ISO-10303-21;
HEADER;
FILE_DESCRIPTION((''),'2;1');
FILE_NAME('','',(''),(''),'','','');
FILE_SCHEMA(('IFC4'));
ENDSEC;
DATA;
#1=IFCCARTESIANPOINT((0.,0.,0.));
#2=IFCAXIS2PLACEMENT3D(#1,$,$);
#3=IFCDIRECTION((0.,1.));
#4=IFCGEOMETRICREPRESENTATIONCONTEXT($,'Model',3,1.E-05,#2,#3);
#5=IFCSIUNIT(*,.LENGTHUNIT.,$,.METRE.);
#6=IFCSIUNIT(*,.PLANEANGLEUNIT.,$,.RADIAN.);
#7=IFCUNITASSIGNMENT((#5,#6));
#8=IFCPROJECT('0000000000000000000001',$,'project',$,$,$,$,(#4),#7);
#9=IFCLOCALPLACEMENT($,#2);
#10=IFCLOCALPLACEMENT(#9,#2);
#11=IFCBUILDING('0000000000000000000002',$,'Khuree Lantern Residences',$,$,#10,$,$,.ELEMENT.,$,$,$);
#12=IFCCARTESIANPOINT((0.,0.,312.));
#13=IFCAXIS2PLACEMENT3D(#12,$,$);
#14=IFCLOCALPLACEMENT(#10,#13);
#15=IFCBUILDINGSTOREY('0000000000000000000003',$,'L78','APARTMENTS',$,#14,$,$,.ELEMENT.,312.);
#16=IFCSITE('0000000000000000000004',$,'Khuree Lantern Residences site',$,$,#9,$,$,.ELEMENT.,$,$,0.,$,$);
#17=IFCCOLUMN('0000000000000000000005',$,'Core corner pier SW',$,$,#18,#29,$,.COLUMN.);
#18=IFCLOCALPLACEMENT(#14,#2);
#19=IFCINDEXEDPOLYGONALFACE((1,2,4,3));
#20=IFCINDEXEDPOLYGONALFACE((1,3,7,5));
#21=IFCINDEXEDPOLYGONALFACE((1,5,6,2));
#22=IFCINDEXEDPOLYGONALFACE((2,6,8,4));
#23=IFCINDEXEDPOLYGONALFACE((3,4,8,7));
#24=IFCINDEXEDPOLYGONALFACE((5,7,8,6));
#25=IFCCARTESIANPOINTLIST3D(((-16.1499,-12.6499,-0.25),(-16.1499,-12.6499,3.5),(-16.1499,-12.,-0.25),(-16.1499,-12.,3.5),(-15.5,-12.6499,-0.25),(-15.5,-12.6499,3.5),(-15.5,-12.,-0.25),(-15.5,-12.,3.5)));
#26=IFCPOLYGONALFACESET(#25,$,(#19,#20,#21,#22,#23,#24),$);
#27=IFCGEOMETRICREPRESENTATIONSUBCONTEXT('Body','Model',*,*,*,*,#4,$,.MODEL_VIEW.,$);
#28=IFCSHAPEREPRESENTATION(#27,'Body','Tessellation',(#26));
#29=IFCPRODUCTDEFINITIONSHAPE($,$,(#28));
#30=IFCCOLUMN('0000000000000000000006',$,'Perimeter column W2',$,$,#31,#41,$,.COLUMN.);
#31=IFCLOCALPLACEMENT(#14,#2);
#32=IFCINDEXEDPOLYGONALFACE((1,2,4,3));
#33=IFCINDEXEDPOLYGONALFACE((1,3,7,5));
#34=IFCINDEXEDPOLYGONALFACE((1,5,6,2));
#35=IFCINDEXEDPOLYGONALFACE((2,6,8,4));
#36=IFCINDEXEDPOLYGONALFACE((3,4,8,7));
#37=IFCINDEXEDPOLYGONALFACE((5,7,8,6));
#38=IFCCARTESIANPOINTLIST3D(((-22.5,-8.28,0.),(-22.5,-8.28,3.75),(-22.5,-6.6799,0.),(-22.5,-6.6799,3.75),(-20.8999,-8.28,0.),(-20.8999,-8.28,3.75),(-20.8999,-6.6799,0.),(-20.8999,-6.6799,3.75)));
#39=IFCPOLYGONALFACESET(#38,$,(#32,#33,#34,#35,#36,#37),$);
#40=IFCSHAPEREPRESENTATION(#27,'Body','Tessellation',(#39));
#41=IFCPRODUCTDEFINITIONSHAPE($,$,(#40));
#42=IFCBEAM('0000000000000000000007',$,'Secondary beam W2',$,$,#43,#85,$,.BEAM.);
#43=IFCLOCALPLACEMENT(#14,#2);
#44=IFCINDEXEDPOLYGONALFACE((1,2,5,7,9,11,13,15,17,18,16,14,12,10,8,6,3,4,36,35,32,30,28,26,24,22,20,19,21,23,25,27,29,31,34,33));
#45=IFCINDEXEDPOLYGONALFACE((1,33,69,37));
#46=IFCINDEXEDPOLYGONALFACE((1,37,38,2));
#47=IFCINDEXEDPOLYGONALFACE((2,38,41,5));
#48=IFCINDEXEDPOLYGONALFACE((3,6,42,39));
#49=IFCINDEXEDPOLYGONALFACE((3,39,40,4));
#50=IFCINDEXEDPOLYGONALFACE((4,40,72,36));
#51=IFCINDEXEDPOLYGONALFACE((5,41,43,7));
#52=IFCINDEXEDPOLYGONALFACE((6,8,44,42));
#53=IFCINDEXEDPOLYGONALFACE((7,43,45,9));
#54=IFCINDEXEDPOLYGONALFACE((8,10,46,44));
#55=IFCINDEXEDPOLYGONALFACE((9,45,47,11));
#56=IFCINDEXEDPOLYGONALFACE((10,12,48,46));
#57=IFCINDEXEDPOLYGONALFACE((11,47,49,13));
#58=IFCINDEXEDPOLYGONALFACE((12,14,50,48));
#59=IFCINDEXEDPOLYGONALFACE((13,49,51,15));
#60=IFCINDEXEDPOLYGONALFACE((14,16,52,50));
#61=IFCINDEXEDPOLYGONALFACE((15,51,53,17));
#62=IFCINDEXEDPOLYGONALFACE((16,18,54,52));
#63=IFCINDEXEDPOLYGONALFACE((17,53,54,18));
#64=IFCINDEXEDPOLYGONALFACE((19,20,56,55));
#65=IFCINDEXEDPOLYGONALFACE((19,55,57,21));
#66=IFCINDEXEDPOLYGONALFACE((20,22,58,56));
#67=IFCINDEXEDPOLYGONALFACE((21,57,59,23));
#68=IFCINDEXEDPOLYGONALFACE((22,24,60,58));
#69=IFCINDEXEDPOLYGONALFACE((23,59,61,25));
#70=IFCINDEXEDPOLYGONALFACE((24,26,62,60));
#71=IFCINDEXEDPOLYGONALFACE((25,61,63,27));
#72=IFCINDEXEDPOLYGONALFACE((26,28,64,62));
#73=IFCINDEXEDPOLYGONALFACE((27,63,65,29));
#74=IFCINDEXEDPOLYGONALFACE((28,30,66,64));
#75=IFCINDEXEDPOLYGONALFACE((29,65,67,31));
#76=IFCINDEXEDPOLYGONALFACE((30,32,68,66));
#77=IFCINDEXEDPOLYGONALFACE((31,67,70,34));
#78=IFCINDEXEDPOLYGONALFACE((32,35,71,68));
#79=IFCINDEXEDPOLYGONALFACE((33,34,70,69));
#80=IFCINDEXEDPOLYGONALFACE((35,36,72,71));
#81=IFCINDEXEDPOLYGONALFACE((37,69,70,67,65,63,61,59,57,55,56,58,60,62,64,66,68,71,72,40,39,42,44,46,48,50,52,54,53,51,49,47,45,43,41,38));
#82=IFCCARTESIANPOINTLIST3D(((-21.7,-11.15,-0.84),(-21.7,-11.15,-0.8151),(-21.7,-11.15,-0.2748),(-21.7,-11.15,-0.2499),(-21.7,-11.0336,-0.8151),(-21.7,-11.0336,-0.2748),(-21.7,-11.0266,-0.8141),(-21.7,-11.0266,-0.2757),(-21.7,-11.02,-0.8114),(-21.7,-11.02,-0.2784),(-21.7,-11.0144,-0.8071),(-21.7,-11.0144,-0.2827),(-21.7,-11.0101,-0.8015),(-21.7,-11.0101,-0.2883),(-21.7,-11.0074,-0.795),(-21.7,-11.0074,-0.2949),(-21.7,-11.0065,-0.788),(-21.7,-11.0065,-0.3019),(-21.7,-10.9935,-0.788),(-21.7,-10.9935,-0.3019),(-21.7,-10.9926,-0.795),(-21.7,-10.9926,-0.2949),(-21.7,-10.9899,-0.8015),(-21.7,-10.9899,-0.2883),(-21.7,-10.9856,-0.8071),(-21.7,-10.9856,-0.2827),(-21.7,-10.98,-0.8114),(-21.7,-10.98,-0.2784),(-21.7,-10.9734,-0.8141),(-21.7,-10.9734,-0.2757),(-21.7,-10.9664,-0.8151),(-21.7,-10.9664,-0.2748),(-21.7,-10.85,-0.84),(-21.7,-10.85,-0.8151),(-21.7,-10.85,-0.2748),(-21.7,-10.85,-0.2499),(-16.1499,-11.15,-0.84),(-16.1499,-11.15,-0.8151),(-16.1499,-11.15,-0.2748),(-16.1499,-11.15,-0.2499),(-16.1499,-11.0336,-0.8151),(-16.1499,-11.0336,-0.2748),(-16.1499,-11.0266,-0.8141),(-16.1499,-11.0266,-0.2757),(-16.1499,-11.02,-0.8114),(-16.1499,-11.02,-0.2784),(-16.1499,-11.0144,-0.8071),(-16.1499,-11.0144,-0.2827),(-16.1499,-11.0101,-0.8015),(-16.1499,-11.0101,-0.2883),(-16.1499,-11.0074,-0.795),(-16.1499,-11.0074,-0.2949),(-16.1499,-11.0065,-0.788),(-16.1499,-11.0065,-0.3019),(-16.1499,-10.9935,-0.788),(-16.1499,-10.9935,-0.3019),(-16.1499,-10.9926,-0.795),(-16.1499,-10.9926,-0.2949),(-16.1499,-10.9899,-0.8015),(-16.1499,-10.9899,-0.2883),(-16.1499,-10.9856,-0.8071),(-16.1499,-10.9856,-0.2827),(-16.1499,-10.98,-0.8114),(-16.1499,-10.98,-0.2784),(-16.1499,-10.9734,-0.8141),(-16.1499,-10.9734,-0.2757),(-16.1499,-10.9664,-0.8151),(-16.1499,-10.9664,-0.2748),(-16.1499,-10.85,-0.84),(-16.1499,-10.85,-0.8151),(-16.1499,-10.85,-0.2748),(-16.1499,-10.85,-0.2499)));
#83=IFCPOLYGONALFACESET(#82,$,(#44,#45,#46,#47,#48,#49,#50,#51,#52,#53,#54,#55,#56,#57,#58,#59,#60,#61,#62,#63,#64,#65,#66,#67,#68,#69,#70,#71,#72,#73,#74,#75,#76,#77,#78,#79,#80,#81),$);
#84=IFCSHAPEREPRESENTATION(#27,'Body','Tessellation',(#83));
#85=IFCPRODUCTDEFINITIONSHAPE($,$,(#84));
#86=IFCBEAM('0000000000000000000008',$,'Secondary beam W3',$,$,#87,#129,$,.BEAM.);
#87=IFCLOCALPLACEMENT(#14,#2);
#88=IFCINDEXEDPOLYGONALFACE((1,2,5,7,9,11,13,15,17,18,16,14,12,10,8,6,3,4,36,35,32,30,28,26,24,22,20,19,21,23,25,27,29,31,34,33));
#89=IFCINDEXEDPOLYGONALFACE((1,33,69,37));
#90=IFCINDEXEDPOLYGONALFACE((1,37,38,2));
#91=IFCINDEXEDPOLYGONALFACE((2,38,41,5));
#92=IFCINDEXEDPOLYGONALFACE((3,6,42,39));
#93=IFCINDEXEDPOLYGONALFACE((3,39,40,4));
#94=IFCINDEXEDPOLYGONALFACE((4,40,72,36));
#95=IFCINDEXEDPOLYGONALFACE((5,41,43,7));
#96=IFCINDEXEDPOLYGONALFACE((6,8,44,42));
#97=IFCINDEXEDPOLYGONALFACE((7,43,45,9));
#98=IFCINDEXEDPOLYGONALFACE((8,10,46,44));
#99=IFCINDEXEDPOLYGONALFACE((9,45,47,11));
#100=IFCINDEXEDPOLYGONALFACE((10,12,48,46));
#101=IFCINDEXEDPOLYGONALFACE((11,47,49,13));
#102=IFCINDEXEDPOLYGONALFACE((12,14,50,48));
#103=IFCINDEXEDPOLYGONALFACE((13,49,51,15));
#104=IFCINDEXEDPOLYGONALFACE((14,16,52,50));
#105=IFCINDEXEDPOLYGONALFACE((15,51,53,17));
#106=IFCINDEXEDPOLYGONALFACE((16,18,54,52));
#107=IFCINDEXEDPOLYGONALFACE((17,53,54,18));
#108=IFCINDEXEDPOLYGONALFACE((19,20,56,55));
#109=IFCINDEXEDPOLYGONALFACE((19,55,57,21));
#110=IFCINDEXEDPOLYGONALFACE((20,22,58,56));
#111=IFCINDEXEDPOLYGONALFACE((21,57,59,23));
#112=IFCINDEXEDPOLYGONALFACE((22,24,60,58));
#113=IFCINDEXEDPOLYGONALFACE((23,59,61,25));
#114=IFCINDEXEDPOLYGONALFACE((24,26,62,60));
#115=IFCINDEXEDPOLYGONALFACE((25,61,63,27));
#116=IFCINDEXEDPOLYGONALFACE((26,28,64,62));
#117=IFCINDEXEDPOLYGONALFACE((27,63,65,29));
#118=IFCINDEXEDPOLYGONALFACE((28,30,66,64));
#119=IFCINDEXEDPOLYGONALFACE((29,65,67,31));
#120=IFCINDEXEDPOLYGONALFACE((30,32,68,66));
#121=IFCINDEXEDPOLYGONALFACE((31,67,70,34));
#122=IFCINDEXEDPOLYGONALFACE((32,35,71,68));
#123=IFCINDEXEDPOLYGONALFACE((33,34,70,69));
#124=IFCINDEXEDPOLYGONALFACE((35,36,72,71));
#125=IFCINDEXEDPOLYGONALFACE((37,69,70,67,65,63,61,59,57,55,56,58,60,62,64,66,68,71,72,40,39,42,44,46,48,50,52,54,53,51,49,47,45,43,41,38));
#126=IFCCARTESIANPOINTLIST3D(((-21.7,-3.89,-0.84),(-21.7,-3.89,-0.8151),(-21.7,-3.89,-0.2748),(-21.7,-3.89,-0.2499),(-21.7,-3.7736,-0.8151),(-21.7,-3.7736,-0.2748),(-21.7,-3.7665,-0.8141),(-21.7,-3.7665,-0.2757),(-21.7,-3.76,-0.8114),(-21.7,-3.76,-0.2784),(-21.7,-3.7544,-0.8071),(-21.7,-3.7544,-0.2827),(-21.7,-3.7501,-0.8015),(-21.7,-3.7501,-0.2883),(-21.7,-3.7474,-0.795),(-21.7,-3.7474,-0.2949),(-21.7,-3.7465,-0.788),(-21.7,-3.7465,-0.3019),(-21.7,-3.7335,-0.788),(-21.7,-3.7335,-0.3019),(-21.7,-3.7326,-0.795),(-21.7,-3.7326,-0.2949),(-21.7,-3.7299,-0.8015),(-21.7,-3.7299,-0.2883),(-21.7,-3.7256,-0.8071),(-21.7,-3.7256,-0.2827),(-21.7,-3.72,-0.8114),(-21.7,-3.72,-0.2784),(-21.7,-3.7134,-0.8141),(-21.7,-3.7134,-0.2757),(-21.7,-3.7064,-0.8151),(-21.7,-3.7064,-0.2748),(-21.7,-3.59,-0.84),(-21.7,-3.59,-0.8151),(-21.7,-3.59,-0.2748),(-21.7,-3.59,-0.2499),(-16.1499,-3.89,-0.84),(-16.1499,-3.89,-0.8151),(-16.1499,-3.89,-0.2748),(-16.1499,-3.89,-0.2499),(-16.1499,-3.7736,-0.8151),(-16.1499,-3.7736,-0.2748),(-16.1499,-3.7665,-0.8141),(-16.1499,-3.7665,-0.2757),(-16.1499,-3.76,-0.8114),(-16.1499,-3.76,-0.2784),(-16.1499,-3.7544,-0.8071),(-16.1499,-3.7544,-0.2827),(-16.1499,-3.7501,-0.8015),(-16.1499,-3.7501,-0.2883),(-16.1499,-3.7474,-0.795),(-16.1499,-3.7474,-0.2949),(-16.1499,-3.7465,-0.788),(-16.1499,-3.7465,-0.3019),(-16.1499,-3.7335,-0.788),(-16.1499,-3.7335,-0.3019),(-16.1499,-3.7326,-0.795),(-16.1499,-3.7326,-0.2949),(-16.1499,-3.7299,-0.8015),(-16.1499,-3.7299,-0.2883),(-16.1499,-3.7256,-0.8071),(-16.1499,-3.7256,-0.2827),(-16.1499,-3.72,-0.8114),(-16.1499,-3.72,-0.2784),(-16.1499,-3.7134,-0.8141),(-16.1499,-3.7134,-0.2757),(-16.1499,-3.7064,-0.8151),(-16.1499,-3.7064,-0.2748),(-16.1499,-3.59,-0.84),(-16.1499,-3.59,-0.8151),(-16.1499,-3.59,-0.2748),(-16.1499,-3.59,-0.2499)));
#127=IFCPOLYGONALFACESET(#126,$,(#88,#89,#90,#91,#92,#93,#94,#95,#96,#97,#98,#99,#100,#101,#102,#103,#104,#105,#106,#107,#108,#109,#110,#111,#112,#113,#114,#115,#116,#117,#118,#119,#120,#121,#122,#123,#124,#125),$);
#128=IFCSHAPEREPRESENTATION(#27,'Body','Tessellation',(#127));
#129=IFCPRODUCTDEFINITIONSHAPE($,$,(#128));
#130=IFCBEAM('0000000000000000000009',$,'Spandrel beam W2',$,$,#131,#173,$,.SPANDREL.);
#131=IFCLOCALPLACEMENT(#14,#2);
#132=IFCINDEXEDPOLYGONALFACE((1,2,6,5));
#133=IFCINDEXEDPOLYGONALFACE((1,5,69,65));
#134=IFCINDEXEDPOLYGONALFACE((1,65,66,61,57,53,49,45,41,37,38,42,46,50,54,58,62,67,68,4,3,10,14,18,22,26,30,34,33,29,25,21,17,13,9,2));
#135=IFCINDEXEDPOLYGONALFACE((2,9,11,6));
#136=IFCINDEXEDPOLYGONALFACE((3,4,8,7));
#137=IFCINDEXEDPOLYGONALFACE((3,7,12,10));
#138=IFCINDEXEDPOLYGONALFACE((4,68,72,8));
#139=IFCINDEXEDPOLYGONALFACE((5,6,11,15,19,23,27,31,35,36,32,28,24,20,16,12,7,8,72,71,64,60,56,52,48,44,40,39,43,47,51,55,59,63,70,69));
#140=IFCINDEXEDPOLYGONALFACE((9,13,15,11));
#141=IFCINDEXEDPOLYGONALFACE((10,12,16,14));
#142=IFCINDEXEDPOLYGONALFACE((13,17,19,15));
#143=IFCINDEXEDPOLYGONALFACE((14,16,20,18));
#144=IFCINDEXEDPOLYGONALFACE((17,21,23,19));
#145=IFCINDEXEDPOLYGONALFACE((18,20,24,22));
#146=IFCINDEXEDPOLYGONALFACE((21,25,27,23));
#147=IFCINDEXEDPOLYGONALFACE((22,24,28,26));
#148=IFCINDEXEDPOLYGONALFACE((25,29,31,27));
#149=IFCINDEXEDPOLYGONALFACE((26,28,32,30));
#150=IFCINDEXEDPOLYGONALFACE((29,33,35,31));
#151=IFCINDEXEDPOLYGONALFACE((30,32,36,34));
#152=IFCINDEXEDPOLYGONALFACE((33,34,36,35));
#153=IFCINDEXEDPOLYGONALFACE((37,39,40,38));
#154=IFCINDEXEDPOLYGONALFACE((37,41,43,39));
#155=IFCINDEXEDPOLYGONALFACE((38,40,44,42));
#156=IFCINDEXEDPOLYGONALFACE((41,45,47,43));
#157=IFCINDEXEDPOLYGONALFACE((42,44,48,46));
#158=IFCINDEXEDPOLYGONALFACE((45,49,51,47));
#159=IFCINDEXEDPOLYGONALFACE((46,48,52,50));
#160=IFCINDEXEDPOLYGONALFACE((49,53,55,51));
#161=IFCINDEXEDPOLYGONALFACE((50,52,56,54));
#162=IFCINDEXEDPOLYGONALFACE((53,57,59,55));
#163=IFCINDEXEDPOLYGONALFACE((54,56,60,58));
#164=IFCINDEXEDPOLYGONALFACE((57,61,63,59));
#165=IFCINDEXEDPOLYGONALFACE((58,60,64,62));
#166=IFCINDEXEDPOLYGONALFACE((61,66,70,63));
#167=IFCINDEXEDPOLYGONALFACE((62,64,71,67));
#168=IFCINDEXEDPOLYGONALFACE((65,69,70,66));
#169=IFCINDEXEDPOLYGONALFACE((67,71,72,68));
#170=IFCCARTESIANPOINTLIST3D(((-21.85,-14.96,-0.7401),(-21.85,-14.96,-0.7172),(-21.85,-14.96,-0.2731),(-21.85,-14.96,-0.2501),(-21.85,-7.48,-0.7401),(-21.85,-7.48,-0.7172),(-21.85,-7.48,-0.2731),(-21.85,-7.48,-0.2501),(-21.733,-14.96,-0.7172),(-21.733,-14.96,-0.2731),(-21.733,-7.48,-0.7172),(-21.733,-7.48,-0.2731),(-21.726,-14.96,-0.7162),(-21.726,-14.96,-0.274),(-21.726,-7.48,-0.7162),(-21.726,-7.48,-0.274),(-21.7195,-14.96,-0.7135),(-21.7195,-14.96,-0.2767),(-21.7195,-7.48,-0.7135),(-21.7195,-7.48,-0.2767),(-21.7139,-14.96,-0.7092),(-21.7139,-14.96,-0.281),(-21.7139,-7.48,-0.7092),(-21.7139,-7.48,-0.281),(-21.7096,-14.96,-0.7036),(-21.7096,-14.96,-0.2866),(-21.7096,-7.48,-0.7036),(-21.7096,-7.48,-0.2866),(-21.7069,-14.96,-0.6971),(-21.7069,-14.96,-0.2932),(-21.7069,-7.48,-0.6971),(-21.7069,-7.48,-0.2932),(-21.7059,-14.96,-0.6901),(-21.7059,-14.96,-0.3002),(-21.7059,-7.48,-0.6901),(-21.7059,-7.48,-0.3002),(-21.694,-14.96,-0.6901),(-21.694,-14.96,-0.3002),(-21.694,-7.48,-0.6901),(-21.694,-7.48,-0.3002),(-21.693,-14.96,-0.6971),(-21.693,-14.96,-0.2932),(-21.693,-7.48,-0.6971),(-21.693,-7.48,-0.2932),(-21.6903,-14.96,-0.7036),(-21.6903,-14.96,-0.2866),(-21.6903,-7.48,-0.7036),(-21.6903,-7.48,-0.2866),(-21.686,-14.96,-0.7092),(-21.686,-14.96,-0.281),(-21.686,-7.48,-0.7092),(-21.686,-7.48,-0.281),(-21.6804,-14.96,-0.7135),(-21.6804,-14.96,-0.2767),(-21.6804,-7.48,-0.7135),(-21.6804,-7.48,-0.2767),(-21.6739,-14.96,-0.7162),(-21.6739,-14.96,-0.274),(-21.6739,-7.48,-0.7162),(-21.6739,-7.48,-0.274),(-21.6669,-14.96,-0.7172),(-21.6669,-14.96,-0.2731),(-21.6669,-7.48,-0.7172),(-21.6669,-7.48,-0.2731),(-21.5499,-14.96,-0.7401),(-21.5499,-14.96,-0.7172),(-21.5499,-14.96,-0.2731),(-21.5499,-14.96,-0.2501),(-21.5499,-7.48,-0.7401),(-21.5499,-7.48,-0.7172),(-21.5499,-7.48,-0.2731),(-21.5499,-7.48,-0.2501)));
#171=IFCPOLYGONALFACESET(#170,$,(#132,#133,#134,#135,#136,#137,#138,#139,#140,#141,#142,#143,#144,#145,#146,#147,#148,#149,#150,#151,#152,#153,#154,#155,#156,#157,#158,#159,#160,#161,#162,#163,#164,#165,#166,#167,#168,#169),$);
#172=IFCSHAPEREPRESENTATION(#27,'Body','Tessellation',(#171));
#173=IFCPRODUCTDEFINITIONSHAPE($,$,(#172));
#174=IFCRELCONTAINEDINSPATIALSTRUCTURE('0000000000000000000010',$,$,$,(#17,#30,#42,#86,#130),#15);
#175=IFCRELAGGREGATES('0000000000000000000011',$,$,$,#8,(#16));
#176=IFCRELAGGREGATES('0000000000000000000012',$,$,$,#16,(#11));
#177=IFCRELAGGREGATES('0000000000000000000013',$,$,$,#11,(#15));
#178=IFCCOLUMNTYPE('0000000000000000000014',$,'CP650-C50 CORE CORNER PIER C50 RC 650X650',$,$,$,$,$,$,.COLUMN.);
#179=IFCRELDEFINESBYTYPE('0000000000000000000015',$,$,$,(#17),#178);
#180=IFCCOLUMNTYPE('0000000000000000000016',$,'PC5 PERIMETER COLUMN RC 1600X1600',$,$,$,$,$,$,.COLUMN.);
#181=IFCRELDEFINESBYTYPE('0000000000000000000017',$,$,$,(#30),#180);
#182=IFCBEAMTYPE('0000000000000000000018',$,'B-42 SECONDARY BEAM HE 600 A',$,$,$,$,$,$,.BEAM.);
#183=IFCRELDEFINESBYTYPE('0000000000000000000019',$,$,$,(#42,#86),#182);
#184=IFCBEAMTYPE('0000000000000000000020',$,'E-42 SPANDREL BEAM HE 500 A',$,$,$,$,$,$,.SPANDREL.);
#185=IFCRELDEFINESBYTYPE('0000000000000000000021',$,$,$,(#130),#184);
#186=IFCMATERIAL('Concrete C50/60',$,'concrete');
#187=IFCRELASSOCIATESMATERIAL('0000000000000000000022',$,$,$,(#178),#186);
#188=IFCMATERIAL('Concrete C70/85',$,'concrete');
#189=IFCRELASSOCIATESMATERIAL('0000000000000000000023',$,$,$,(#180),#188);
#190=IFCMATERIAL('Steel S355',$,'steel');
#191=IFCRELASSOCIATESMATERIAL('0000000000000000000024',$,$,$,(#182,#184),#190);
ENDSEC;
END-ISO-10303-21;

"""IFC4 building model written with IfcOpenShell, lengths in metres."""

from ifc_helpers import new_model, si_unit, direction, frame, origin, origin_2d, place, context, subcontext, project, spatial, rectangle, i_section, extrude, material, material_profile, profile_set, type_object, element, save


model = new_model("IFC4")

# Units and contexts
model_context = context("Model", 3, precision=1e-05, world=origin(), true_north=direction((0.0, 1.0)))
body_context = subcontext(model_context, "Body", "Model", "MODEL_VIEW")
ifc_project = project(units=[si_unit("LENGTHUNIT", "METRE"), si_unit("PLANEANGLEUNIT", "RADIAN")], contexts=[model_context])

# Site, building, storey
site_placement = place(None, origin())
site = spatial("IfcSite", under=ifc_project, at=site_placement, Name="Khuree Lantern Residences site", CompositionType="ELEMENT", RefElevation=0.0)
building_placement = place(site_placement, origin())
building = spatial("IfcBuilding", under=site, at=building_placement, Name="Khuree Lantern Residences", CompositionType="ELEMENT")
storey_placement = place(building_placement, frame((0.0, 0.0, 312.0)))
storey = spatial("IfcBuildingStorey", under=building, at=storey_placement, Name="L78", Description="APARTMENTS", CompositionType="ELEMENT", Elevation=312.0)

# Columns
ifc_material_1 = material(Name="Concrete C50/60", Category="concrete")
ifc_material_profile_1 = material_profile(ifc_material_1, rectangle(XDim=0.6499, YDim=0.6499, at=origin_2d()), Name="RC 650X650")
ifc_profile_set_1 = profile_set([ifc_material_profile_1], Name="Concrete C50/60")
column_type_1 = type_object("IfcColumnType", Name="CP650-C50 CORE CORNER PIER C50 RC 650X650", PredefinedType="COLUMN", material=ifc_profile_set_1)
column_1_placement = place(storey_placement, frame((-15.825, -12.325, -0.25), z_axis=(0.0, 0.0, 1.0), x_axis=(1.0, 0.0, 0.0)))
element("IfcColumn", 1, at=column_1_placement, inside=storey, type_object=column_type_1, Name="Core corner pier SW", PredefinedType="COLUMN", context=body_context, shape_type="SweptSolid", body=[
    extrude(rectangle(XDim=0.6499, YDim=0.6499, at=origin_2d()), origin(), (0.0, 0.0, 1.0), 3.75),
])
ifc_material_2 = material(Name="Concrete C70/85", Category="concrete")
ifc_material_profile_2 = material_profile(ifc_material_2, rectangle(XDim=1.6001, YDim=1.6001, at=origin_2d()), Name="RC 1600X1600")
ifc_profile_set_2 = profile_set([ifc_material_profile_2], Name="Concrete C70/85")
column_type_2 = type_object("IfcColumnType", Name="PC5 PERIMETER COLUMN RC 1600X1600", PredefinedType="COLUMN", material=ifc_profile_set_2)
column_2_placement = place(storey_placement, frame((-21.7, -7.48, 0.0), z_axis=(0.0, 0.0, 1.0), x_axis=(0.0, 1.0, 0.0)))
element("IfcColumn", 2, at=column_2_placement, inside=storey, type_object=column_type_2, Name="Perimeter column W2", PredefinedType="COLUMN", context=body_context, shape_type="SweptSolid", body=[
    extrude(rectangle(XDim=1.6001, YDim=1.6001, at=origin_2d()), origin(), (0.0, 0.0, 1.0), 3.75),
])

# Beams
ifc_material_3 = material(Name="Steel S355", Category="steel")
ifc_material_profile_3 = material_profile(ifc_material_3, i_section(OverallWidth=0.3, OverallDepth=0.5901, WebThickness=0.0129, FlangeThickness=0.0249, FilletRadius=0.0271, at=origin_2d()), Name="HE 600 A")
ifc_profile_set_3 = profile_set([ifc_material_profile_3], Name="Steel S355")
beam_type_1 = type_object("IfcBeamType", Name="B-42 SECONDARY BEAM HE 600 A", PredefinedType="BEAM", material=ifc_profile_set_3)
for number, where, z_axis, x_axis, name in (
    (3, (-21.7, -11.0, -0.5449), (1.0, 0.0, 0.0), (0.0, 1.0, 0.0), "Secondary beam W2"),
    (4, (-21.7, -3.74, -0.5449), (1.0, 0.0, 0.0), (0.0, 1.0, 0.0), "Secondary beam W3"),
):
    element("IfcBeam", number, at=place(storey_placement, frame(where, z_axis=z_axis, x_axis=x_axis)), inside=storey, type_object=beam_type_1, Name=name, PredefinedType="BEAM", context=body_context, shape_type="SweptSolid", body=[
        extrude(i_section(OverallWidth=0.3, OverallDepth=0.5901, WebThickness=0.0129, FlangeThickness=0.0249, FilletRadius=0.0271, at=origin_2d()), origin(), (0.0, 0.0, 1.0), 5.55),
    ])
ifc_material_profile_4 = material_profile(ifc_material_3, i_section(OverallWidth=0.3, OverallDepth=0.49, WebThickness=0.012, FlangeThickness=0.0229, FilletRadius=0.0271, at=origin_2d()), Name="HE 500 A")
ifc_profile_set_4 = profile_set([ifc_material_profile_4], Name="Steel S355")
beam_type_2 = type_object("IfcBeamType", Name="E-42 SPANDREL BEAM HE 500 A", PredefinedType="SPANDREL", material=ifc_profile_set_4)
for number, where, z_axis, x_axis, name in (
    (5, (-21.7, -14.96, -0.4951), (0.0, 1.0, 0.0), (-1.0, 0.0, 0.0), "Spandrel beam W2"),
):
    element("IfcBeam", number, at=place(storey_placement, frame(where, z_axis=z_axis, x_axis=x_axis)), inside=storey, type_object=beam_type_2, Name=name, PredefinedType="SPANDREL", context=body_context, shape_type="SweptSolid", body=[
        extrude(i_section(OverallWidth=0.3, OverallDepth=0.49, WebThickness=0.012, FlangeThickness=0.0229, FilletRadius=0.0271, at=origin_2d()), origin(), (0.0, 0.0, 1.0), 7.48),
    ])

save(model, "model.ifc")
